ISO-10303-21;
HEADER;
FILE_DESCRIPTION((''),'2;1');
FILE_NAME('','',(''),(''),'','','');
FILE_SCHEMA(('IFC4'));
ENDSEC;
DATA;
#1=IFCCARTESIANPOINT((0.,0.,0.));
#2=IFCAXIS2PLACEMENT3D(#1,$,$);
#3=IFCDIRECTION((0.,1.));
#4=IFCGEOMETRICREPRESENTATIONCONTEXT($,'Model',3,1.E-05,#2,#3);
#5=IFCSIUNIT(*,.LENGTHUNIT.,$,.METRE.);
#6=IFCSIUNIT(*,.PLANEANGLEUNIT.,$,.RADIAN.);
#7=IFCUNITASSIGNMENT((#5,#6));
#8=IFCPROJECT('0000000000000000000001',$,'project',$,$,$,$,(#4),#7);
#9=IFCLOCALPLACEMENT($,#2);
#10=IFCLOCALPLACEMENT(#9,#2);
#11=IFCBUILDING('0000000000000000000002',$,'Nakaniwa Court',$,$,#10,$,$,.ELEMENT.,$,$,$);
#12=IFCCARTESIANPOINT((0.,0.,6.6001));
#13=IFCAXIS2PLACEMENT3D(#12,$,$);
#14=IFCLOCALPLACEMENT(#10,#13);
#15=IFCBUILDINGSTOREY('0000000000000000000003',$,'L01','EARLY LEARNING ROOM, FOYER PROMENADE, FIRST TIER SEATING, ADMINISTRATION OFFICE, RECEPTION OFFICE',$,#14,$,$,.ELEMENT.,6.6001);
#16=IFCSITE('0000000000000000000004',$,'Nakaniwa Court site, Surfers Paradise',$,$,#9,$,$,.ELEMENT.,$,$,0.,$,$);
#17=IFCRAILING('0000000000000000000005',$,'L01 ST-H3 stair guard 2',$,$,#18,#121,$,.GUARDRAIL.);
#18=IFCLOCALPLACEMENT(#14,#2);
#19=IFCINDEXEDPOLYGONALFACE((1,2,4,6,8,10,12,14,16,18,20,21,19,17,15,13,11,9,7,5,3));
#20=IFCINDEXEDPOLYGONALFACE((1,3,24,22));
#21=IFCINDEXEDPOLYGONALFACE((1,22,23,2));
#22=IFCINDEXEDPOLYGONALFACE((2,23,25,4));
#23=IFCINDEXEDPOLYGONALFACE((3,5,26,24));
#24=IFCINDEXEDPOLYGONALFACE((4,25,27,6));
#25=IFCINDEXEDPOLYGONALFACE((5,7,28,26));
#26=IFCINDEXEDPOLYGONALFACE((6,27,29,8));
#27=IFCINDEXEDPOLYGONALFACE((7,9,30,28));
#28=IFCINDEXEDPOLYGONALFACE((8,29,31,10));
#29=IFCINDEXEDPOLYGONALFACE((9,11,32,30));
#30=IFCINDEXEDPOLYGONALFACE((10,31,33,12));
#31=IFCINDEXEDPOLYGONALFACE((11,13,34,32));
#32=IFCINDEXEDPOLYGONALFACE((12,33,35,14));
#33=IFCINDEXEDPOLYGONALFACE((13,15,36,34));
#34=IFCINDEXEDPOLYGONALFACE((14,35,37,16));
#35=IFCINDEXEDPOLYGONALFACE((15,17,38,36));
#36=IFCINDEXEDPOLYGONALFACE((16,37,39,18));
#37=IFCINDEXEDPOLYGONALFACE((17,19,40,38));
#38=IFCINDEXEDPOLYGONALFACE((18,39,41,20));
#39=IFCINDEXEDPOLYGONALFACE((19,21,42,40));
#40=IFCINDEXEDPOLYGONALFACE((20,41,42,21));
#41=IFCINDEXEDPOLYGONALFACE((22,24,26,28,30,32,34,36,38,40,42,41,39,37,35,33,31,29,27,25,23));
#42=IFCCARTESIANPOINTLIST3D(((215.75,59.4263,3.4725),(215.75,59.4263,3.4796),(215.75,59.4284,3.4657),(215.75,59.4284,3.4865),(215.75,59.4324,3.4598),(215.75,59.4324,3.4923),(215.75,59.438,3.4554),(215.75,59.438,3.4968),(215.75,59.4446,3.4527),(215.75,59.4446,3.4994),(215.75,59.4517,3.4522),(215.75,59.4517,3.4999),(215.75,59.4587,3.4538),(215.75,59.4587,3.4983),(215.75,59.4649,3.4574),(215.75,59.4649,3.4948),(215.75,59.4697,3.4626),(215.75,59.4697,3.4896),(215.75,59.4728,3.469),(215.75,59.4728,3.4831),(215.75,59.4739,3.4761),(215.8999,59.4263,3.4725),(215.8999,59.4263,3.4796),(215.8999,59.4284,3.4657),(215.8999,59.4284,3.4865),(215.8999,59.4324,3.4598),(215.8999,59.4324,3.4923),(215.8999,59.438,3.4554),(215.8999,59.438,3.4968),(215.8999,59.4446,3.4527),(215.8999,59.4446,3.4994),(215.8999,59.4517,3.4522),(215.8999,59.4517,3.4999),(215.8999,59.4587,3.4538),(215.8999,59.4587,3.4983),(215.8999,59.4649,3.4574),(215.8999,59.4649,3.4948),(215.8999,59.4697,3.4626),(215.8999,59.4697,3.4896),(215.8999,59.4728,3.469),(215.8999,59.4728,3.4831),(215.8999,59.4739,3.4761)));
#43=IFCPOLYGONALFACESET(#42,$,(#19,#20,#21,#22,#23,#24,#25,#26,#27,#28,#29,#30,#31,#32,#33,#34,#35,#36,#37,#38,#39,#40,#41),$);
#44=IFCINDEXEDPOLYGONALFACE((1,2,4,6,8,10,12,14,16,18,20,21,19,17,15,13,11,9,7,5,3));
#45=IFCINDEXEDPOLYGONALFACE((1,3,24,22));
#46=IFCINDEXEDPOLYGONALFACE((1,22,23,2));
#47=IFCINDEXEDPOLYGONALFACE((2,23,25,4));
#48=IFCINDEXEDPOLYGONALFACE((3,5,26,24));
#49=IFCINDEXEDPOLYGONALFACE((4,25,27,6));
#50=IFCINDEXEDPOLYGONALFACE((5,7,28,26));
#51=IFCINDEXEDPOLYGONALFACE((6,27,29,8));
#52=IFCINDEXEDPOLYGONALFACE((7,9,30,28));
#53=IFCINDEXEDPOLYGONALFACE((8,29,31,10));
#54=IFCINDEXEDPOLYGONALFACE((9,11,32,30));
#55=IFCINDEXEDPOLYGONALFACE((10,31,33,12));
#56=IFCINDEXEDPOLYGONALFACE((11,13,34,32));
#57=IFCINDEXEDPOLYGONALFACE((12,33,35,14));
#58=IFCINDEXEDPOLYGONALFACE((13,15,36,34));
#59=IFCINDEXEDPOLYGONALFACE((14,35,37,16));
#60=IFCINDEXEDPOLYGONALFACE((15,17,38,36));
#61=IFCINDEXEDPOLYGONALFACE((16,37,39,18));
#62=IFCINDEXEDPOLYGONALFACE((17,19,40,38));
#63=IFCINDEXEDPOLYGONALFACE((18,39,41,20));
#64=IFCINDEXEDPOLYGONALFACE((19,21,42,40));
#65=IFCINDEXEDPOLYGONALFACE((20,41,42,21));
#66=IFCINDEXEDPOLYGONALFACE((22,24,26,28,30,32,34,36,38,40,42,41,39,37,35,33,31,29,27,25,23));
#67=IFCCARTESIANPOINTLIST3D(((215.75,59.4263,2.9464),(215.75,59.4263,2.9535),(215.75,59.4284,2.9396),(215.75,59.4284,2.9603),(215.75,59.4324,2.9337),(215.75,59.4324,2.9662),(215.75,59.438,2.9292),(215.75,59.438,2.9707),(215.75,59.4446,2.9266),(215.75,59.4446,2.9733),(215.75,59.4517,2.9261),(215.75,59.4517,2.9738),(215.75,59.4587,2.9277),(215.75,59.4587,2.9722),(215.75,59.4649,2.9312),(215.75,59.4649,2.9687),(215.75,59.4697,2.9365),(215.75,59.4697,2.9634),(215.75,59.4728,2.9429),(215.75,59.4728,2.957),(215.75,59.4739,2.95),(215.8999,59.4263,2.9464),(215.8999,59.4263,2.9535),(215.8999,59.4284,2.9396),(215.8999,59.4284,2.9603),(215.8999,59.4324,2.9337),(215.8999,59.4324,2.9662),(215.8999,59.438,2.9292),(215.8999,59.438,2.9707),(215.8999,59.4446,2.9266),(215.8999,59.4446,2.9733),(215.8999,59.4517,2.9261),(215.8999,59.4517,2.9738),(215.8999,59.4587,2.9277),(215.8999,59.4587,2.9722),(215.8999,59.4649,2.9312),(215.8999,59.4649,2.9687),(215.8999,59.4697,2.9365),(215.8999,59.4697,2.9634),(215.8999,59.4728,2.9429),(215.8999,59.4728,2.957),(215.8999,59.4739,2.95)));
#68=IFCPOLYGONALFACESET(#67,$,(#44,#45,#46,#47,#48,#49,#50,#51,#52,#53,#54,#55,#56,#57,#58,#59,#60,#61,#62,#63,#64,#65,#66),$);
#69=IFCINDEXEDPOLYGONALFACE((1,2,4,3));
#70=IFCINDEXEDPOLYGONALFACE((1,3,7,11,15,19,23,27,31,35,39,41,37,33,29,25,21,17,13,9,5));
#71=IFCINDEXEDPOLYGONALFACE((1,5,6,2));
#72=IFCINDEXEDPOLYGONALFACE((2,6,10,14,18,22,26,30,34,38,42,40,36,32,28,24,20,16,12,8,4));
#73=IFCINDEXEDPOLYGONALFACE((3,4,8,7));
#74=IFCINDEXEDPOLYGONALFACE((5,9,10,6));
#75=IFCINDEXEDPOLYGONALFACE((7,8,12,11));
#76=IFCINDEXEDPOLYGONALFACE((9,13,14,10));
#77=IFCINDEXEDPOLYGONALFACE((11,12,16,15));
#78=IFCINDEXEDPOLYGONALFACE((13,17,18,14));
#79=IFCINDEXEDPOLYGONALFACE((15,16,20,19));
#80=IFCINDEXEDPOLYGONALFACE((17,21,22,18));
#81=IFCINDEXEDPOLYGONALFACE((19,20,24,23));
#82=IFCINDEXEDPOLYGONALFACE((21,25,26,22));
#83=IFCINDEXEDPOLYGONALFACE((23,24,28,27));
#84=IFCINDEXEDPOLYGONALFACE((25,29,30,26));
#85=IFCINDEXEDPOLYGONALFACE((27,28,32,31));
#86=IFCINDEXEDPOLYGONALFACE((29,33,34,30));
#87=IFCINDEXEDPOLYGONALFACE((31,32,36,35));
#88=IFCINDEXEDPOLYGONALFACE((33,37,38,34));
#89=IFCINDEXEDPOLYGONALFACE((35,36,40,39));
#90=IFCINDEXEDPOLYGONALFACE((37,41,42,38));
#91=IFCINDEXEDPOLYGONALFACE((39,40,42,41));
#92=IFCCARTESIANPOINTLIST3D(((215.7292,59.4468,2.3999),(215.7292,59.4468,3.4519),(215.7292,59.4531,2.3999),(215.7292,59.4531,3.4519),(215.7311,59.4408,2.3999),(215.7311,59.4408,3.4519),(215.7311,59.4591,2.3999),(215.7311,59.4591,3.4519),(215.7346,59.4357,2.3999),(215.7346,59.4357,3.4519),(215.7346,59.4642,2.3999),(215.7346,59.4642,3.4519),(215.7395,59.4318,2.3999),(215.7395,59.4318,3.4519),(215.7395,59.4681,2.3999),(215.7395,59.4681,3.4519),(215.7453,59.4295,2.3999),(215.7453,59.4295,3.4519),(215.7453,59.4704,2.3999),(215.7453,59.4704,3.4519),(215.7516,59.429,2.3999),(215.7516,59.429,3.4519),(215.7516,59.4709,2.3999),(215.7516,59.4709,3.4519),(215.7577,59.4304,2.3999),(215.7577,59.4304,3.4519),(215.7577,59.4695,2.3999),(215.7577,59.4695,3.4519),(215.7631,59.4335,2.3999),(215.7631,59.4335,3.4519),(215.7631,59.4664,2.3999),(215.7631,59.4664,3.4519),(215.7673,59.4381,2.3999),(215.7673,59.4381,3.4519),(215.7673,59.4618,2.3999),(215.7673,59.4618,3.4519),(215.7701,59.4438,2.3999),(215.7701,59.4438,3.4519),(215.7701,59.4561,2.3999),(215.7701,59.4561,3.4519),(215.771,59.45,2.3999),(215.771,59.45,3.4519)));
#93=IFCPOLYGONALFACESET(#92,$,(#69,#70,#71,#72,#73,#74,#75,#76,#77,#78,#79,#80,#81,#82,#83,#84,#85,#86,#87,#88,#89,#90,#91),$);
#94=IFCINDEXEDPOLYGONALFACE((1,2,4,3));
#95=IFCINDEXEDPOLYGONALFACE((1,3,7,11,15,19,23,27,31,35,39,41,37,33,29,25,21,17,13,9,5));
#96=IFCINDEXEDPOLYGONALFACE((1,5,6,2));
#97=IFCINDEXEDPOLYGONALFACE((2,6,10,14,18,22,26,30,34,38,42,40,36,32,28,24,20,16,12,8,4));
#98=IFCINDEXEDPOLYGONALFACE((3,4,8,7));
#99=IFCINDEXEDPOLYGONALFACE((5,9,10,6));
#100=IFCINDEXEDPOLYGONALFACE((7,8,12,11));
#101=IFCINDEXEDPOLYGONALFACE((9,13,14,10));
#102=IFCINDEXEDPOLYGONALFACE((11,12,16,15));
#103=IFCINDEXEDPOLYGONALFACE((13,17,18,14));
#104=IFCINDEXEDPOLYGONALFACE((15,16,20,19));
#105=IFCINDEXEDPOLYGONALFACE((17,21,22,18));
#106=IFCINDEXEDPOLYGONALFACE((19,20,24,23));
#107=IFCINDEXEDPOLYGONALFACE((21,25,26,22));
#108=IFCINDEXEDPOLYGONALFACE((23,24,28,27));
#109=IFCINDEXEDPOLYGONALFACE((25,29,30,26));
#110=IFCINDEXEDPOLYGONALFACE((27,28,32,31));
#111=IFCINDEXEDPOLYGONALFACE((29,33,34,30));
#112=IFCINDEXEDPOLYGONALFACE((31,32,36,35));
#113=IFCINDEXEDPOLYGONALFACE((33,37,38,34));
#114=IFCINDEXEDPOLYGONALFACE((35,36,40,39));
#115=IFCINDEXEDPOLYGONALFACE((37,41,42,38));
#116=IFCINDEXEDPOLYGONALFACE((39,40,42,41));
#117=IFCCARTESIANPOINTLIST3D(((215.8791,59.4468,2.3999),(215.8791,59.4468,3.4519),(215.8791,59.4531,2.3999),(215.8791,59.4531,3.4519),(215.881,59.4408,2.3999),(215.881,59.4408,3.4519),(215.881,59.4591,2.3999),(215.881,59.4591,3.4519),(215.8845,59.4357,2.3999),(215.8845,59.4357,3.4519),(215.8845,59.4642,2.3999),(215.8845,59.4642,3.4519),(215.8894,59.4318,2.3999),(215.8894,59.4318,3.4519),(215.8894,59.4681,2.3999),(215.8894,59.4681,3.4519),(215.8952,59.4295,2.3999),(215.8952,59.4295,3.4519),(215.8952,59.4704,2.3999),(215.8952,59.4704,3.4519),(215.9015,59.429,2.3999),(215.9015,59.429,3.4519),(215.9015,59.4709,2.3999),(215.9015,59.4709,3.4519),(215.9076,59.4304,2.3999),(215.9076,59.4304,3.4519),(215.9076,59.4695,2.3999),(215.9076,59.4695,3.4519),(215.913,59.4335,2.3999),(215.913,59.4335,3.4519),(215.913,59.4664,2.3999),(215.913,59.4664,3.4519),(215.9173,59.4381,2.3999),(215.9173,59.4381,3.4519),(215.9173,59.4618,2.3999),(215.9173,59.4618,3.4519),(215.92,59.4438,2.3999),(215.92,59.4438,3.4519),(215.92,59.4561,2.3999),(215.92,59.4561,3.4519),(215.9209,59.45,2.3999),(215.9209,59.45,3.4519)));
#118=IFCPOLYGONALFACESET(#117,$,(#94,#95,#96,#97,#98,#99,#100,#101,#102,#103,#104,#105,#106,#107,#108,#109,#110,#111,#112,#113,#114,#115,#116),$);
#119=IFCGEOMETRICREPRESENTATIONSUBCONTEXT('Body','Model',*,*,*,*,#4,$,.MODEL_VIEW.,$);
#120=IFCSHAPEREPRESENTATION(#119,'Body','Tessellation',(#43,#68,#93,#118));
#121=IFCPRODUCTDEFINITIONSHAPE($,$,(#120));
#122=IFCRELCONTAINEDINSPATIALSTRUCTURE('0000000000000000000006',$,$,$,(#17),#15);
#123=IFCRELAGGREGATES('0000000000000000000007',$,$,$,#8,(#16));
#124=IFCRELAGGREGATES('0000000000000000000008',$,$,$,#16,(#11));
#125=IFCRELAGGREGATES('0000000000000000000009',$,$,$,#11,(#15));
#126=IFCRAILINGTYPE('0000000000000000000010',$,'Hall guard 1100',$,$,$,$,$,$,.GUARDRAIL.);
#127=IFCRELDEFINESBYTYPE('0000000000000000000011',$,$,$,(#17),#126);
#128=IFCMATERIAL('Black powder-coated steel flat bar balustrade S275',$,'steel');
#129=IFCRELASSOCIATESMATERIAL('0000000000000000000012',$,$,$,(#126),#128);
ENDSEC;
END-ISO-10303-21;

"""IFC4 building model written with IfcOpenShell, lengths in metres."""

from ifc_helpers import new_model, si_unit, direction, frame, origin, origin_2d, place, context, subcontext, project, spatial, circle, extrude, material, type_object, element, save


model = new_model("IFC4")

# Units and contexts
model_context = context("Model", 3, precision=1e-05, world=origin(), true_north=direction((0.0, 1.0)))
body_context = subcontext(model_context, "Body", "Model", "MODEL_VIEW")
ifc_project = project(units=[si_unit("LENGTHUNIT", "METRE"), si_unit("PLANEANGLEUNIT", "RADIAN")], contexts=[model_context])

# Site, building, storey
site_placement = place(None, origin())
site = spatial("IfcSite", under=ifc_project, at=site_placement, Name="Nakaniwa Court site, Surfers Paradise", CompositionType="ELEMENT", RefElevation=0.0)
building_placement = place(site_placement, origin())
building = spatial("IfcBuilding", under=site, at=building_placement, Name="Nakaniwa Court", CompositionType="ELEMENT")
storey_placement = place(building_placement, frame((0.0, 0.0, 6.6001)))
storey = spatial("IfcBuildingStorey", under=building, at=storey_placement, Name="L01", Description="EARLY LEARNING ROOM, FOYER PROMENADE, FIRST TIER SEATING, ADMINISTRATION OFFICE, RECEPTION OFFICE", CompositionType="ELEMENT", Elevation=6.6001)

# Railing
ifc_material_1 = material(Name="Black powder-coated steel flat bar balustrade S275", Category="steel")
railing_type_1 = type_object("IfcRailingType", Name="Hall guard 1100", PredefinedType="GUARDRAIL", material=ifc_material_1)
railing_1_placement = place(storey_placement, frame((215.75, 59.45, 2.3999)))
element("IfcRailing", 1, at=railing_1_placement, inside=storey, type_object=railing_type_1, Name="L01 ST-H3 stair guard 2", PredefinedType="GUARDRAIL", context=body_context, shape_type="SweptSolid", body=[
    extrude(circle(Radius=0.0239, at=origin_2d()), frame((0.0, 0.0, 1.0762), z_axis=(1.0, 0.0, 0.0), x_axis=(0.0, 1.0, 0.0)), (0.0, 0.0, 1.0), 0.1499),
    extrude(circle(Radius=0.0239, at=origin_2d()), frame((0.0, 0.0, 0.55), z_axis=(1.0, 0.0, 0.0), x_axis=(0.0, 1.0, 0.0)), (0.0, 0.0, 1.0), 0.1499),
    extrude(circle(Radius=0.021, at=origin_2d()), origin(), (0.0, 0.0, 1.0), 1.052),
    extrude(circle(Radius=0.021, at=origin_2d()), frame((0.1499, 0.0, 0.0)), (0.0, 0.0, 1.0), 1.052),
])

save(model, "model.ifc")
